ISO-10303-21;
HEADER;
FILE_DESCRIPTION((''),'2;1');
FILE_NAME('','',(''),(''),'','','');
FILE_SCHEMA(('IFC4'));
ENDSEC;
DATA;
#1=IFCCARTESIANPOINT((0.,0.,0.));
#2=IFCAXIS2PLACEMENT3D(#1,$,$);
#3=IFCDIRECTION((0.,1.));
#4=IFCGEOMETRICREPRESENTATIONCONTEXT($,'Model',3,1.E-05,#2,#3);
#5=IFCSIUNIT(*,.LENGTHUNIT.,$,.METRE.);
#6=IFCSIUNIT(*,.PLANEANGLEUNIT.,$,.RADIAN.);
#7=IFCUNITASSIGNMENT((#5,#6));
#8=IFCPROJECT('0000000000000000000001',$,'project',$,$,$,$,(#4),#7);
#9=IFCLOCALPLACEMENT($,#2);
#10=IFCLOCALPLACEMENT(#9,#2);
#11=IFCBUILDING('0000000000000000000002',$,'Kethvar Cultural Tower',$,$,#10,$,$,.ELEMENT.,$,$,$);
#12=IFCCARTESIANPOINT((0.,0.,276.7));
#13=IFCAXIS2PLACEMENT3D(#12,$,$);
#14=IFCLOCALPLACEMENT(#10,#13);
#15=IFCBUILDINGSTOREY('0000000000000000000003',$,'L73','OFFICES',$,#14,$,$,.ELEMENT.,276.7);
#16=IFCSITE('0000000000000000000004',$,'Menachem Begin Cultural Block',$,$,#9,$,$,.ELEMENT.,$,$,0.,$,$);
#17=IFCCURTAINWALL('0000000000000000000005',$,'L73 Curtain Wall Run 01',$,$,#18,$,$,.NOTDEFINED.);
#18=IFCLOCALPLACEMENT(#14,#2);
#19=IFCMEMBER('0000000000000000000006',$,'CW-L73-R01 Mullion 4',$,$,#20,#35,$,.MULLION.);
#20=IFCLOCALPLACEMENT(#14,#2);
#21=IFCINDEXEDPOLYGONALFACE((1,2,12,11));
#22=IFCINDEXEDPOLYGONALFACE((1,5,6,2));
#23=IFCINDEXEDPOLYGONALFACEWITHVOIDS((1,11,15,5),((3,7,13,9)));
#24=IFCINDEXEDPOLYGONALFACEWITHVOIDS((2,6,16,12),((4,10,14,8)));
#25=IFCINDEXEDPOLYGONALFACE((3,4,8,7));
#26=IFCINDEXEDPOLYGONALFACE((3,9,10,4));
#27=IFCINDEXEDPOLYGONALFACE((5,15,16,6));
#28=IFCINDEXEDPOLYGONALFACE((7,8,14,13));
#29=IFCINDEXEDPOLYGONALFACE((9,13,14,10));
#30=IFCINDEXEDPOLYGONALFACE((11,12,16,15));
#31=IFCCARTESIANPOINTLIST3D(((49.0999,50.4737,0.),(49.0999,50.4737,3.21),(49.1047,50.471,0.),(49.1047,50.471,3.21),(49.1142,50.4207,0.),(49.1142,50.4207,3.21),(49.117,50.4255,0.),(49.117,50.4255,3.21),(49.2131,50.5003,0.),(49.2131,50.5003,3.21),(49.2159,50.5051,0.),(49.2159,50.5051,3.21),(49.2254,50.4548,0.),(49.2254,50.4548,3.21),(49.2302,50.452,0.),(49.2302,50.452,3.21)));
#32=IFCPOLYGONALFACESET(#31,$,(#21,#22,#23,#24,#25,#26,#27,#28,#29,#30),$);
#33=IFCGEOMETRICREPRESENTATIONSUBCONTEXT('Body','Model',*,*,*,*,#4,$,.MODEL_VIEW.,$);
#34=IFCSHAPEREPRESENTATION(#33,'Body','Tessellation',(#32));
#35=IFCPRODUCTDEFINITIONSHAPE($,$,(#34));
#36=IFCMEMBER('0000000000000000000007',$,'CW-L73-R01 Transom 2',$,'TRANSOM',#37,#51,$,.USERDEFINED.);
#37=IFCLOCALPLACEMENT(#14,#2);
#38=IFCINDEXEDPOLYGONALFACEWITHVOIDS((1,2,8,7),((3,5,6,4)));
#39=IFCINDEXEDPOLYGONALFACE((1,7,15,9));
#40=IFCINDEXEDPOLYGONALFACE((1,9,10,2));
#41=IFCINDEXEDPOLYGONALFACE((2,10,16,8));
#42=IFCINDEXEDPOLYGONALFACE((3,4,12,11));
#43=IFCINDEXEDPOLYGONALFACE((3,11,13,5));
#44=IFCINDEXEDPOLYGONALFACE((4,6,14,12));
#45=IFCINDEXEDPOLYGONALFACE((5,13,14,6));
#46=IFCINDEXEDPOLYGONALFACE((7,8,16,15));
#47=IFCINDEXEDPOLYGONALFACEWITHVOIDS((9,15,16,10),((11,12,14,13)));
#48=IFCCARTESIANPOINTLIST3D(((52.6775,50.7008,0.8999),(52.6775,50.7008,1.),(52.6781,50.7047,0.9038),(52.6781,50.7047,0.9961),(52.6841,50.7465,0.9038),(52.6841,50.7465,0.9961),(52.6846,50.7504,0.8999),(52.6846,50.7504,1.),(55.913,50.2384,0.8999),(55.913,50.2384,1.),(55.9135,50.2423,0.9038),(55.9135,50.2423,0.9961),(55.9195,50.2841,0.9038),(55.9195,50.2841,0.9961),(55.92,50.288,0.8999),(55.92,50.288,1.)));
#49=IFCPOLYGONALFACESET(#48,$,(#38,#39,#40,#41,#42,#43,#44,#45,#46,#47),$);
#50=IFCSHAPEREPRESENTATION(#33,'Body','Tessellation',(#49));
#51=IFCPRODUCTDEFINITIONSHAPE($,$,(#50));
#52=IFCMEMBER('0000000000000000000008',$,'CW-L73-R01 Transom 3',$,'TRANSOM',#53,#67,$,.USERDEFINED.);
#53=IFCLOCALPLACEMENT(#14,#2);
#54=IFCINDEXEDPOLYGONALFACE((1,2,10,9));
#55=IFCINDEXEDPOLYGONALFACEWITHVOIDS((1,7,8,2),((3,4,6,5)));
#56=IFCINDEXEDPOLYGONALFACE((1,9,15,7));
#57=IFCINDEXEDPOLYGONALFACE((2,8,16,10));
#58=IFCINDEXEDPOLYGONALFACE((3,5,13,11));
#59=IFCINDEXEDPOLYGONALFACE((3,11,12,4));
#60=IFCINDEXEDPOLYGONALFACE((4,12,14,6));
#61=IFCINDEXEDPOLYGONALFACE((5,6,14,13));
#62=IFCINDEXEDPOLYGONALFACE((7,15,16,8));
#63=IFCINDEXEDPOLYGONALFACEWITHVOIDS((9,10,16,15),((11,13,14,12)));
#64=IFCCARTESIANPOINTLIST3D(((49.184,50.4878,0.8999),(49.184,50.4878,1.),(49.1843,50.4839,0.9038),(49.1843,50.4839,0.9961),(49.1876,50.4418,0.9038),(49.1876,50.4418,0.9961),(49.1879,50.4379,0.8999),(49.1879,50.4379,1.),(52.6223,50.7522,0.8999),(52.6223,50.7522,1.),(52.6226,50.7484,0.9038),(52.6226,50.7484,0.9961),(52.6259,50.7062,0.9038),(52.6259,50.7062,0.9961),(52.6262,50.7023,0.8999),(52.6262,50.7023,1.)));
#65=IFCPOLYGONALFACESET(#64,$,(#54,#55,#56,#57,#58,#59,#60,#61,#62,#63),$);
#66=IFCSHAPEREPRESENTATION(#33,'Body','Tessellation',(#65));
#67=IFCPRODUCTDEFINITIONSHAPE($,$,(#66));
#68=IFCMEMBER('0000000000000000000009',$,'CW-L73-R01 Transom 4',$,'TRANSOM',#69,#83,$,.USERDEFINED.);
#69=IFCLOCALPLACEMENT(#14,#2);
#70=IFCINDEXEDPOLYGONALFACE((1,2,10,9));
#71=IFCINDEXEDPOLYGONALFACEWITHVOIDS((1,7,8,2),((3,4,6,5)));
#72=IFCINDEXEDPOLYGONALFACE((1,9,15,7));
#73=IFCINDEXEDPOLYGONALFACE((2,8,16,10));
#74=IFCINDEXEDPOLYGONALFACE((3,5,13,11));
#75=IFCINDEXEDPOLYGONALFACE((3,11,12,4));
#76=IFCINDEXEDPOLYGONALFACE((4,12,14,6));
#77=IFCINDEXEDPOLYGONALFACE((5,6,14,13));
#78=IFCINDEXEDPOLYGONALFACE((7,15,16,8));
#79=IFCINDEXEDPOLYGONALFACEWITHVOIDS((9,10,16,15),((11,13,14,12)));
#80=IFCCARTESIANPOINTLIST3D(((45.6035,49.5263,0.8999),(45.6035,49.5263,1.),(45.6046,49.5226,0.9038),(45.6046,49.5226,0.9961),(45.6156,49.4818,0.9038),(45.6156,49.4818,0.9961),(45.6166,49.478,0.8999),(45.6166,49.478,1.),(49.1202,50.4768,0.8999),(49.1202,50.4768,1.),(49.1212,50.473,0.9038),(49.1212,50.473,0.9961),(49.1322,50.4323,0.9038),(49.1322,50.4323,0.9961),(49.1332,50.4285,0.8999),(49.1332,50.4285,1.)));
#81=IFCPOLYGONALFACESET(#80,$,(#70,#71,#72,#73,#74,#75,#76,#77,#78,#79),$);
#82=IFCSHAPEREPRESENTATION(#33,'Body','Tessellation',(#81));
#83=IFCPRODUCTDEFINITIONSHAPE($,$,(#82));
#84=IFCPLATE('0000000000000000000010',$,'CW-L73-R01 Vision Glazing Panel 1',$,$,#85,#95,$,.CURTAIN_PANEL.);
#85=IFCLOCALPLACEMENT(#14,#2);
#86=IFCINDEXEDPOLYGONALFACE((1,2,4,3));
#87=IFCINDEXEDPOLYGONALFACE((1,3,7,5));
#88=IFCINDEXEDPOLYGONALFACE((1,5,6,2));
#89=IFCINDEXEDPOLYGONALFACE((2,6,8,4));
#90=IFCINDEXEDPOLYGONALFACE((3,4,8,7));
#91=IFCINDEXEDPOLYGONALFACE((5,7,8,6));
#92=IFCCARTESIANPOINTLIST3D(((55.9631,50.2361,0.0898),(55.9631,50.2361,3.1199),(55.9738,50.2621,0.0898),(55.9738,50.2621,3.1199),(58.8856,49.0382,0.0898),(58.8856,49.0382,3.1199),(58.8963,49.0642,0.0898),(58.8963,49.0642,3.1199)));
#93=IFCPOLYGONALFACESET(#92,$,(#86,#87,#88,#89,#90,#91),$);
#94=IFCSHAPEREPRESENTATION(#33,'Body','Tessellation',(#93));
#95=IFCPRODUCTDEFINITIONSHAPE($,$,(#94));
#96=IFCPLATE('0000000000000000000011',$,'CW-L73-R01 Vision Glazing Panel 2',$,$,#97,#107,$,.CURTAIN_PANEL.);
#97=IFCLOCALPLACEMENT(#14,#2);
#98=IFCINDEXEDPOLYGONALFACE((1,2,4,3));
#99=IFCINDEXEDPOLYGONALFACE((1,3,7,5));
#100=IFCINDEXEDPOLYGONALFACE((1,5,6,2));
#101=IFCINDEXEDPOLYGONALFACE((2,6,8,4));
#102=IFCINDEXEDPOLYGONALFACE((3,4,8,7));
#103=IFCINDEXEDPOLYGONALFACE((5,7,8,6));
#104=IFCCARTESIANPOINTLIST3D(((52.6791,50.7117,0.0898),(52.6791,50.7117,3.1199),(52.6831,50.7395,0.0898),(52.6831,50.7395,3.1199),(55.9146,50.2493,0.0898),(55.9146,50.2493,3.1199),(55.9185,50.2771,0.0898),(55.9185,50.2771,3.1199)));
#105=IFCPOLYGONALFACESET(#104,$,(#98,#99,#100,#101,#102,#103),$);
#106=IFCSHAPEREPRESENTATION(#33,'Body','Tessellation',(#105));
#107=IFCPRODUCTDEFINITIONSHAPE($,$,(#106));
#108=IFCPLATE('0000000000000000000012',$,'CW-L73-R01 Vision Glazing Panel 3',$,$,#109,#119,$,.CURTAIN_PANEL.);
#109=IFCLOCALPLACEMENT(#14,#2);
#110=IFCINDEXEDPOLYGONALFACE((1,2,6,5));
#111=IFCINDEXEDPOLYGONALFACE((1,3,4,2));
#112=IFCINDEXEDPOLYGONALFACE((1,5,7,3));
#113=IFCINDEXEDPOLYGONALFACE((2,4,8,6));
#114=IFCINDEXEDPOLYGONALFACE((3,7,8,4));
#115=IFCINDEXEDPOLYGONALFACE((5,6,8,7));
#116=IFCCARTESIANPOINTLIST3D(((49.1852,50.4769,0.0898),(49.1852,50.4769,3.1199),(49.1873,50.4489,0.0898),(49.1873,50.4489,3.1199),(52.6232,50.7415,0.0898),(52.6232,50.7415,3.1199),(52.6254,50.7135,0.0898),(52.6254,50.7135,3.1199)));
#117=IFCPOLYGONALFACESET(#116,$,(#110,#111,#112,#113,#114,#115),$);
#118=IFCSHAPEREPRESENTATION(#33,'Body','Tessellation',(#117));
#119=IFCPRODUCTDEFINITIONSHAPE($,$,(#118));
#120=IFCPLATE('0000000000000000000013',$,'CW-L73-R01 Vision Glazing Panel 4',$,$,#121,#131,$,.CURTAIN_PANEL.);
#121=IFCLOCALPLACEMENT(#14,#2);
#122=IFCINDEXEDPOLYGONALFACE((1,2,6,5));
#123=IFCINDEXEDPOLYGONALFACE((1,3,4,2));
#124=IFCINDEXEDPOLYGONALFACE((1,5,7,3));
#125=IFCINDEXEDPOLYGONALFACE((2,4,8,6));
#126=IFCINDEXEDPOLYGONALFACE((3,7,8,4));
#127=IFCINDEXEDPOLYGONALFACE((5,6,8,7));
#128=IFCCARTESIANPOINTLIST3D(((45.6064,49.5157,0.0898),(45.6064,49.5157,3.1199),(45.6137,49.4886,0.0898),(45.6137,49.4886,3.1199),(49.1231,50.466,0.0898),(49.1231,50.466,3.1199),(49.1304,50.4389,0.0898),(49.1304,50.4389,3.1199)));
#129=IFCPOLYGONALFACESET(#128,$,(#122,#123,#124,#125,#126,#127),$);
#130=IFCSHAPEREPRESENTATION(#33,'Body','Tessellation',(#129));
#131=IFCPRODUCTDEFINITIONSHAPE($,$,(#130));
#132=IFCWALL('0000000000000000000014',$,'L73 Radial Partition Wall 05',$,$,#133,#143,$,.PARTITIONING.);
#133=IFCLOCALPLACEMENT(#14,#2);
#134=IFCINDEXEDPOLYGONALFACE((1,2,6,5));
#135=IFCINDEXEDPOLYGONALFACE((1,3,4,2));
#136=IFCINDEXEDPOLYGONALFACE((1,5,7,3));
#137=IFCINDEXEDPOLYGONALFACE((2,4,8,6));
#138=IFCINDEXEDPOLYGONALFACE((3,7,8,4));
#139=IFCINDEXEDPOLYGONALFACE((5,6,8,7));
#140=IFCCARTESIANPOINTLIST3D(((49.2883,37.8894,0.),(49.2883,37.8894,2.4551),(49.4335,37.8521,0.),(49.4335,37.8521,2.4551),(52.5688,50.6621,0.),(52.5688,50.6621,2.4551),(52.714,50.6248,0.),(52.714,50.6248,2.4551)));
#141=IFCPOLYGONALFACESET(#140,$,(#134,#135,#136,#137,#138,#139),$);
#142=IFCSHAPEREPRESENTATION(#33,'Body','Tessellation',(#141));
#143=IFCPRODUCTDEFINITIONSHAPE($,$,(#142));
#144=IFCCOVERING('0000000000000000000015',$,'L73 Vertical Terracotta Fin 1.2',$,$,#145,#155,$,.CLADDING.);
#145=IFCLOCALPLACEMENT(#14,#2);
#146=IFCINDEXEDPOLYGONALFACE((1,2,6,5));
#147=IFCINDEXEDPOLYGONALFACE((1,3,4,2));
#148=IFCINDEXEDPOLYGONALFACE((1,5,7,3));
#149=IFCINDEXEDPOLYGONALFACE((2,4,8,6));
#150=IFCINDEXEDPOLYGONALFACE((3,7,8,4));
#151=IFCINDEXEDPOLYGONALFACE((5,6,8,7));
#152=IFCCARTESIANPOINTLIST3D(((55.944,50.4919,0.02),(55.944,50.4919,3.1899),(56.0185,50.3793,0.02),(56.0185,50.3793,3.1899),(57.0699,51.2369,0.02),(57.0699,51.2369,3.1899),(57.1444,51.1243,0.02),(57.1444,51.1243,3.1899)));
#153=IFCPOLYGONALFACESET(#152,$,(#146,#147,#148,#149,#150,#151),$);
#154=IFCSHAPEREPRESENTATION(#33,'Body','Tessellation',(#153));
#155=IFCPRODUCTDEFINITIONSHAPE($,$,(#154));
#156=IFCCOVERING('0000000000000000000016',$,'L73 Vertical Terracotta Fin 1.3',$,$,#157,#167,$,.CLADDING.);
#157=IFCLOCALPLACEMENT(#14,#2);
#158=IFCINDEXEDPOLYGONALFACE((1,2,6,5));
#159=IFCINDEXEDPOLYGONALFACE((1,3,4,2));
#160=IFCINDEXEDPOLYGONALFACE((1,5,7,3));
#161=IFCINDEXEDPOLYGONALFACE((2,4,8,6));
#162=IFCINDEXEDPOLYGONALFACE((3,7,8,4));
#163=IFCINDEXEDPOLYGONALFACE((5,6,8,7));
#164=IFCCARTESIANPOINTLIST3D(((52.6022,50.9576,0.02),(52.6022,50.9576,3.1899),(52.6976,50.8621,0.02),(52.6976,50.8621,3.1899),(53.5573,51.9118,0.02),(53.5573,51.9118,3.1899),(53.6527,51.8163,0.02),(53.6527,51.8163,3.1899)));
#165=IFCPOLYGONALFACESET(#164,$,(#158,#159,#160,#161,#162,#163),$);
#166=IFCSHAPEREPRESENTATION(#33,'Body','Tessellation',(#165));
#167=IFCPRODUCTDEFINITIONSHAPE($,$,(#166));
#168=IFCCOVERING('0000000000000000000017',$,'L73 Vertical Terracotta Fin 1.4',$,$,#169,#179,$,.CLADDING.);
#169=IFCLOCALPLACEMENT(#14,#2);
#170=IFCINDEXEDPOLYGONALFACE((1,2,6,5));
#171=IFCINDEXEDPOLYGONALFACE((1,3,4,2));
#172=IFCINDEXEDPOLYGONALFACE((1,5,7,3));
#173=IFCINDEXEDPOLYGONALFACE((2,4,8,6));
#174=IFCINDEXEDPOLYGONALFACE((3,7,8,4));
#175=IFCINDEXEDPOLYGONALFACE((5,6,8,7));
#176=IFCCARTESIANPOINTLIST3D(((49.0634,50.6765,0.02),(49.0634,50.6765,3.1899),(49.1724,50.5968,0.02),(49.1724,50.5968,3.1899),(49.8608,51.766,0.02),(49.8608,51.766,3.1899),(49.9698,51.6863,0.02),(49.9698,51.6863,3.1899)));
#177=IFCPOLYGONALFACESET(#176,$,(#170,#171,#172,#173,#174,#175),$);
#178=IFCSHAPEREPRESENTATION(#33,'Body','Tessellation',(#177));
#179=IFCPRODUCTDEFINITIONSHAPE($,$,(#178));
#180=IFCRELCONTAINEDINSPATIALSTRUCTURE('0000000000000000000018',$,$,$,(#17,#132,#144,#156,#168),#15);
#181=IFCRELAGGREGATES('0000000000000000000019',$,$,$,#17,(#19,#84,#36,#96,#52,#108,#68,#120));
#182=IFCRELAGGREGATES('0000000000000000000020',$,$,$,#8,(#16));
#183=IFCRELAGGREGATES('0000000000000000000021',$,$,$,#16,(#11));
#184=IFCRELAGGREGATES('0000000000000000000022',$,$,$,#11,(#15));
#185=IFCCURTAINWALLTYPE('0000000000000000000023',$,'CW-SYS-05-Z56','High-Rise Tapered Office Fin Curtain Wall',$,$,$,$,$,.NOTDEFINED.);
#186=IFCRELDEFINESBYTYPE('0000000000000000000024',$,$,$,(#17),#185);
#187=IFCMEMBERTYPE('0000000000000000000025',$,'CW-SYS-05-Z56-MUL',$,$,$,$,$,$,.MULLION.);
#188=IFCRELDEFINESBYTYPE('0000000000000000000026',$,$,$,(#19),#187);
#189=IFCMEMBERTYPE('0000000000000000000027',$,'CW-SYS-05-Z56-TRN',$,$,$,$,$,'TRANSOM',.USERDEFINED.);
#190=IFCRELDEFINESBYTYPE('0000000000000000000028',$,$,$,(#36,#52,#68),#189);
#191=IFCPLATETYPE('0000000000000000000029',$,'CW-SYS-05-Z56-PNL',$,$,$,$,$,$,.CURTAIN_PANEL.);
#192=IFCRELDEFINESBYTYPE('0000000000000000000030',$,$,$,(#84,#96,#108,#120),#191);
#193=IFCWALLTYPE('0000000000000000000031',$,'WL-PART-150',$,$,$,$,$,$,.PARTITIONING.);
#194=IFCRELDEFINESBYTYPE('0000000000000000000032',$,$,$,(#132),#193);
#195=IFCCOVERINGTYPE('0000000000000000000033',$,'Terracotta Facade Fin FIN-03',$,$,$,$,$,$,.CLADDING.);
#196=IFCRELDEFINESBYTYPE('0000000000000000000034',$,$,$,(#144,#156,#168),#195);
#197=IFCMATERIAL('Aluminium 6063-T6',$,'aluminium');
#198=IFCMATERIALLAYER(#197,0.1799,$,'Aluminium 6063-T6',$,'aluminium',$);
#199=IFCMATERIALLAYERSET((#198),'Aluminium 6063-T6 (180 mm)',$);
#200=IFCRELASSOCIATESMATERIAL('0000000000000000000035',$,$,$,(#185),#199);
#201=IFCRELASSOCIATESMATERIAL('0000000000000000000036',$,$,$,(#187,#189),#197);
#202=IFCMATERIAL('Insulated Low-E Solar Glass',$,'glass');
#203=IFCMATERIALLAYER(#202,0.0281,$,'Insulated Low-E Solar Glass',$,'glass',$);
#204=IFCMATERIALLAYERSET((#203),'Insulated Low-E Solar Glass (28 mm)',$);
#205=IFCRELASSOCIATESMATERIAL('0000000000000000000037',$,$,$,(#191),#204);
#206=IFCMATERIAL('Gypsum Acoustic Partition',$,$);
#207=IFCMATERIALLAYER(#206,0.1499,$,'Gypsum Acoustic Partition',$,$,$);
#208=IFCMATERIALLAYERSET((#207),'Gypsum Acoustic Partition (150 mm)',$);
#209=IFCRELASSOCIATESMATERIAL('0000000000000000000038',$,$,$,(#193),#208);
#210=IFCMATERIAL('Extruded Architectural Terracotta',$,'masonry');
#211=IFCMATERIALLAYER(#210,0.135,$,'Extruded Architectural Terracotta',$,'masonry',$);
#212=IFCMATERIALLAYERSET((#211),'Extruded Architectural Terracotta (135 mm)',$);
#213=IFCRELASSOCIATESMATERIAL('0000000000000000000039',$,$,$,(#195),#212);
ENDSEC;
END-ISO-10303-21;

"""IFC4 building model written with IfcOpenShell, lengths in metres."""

from ifc_helpers import new_model, si_unit, direction, frame, frame_2d, origin, origin_2d, place, context, subcontext, project, spatial, rectangle, hollow_rectangle, extrude, source, transform, mapped, material, layer, layer_set, material_profile, profile_set, type_object, element, aggregate, save


model = new_model("IFC4")

# Units and contexts
model_context = context("Model", 3, precision=1e-05, world=origin(), true_north=direction((0.0, 1.0)))
body_context = subcontext(model_context, "Body", "Model", "MODEL_VIEW")
ifc_project = project(units=[si_unit("LENGTHUNIT", "METRE"), si_unit("PLANEANGLEUNIT", "RADIAN")], contexts=[model_context])

# Site, building, storey
site_placement = place(None, origin())
site = spatial("IfcSite", under=ifc_project, at=site_placement, Name="Menachem Begin Cultural Block", CompositionType="ELEMENT", RefElevation=0.0)
building_placement = place(site_placement, origin())
building = spatial("IfcBuilding", under=site, at=building_placement, Name="Kethvar Cultural Tower", CompositionType="ELEMENT")
storey_placement = place(building_placement, frame((0.0, 0.0, 276.7)))
storey = spatial("IfcBuildingStorey", under=building, at=storey_placement, Name="L73", Description="OFFICES", CompositionType="ELEMENT", Elevation=276.7)

# Curtain wall, members, plates
ifc_material_1 = material(Name="Aluminium 6063-T6", Category="aluminium")
ifc_layer_1 = layer(ifc_material_1, 0.1799, Name="Aluminium 6063-T6", Category="aluminium")
ifc_layer_set_1 = layer_set([ifc_layer_1], Name="Aluminium 6063-T6 (180 mm)")
curtain_wall_type = type_object("IfcCurtainWallType", Name="CW-SYS-05-Z56", Description="High-Rise Tapered Office Fin Curtain Wall", PredefinedType="NOTDEFINED", material=ifc_layer_set_1)
curtain_wall_placement = place(storey_placement, origin())
curtain_wall = element("IfcCurtainWall", 1, at=curtain_wall_placement, inside=storey, type_object=curtain_wall_type, Name="L73 Curtain Wall Run 01", PredefinedType="NOTDEFINED")
ifc_material_profile_1 = material_profile(ifc_material_1, hollow_rectangle(XDim=0.0549, YDim=0.1201, WallThickness=0.0039, at=origin_2d()), Name="Aluminium 6063-T6 — RHS120x55x4")
ifc_profile_set_1 = profile_set([ifc_material_profile_1], Name="Aluminium 6063-T6 — RHS120x55x4")
member_type_1 = type_object("IfcMemberType", Name="CW-SYS-05-Z56-MUL", PredefinedType="MULLION", material=ifc_profile_set_1)
shared_shape_1 = source(origin(), body_context, "Body", "SweptSolid", [
    extrude(hollow_rectangle(XDim=0.0549, YDim=0.1201, WallThickness=0.0039, at=origin_2d()), origin(), (0.0, 0.0, 1.0), 3.21),
])
member_1_placement = place(storey_placement, frame((49.165, 50.4629, 0.0), z_axis=(0.0, 0.0, 1.0), x_axis=(0.260875, -0.965373, 0.0)))
member_1 = element("IfcMember", 2, at=member_1_placement, type_object=member_type_1, Name="CW-L73-R01 Mullion 4", PredefinedType="MULLION", context=body_context, shape_type="MappedRepresentation", body=[
    mapped(shared_shape_1, transform((0.0, 0.0, 0.0), scale=1.0)),
])
ifc_material_profile_2 = material_profile(ifc_material_1, hollow_rectangle(XDim=0.05, YDim=0.1001, WallThickness=0.0039, at=origin_2d()), Name="Aluminium 6063-T6 — RHS100x50x4")
ifc_profile_set_2 = profile_set([ifc_material_profile_2], Name="Aluminium 6063-T6 — RHS100x50x4")
member_type_2 = type_object("IfcMemberType", Name="CW-SYS-05-Z56-TRN", ElementType="TRANSOM", PredefinedType="USERDEFINED", material=ifc_profile_set_2)
shared_shape_2 = source(origin(), body_context, "Body", "SweptSolid", [
    extrude(hollow_rectangle(XDim=0.05, YDim=0.1001, WallThickness=0.0039, at=origin_2d()), origin(), (0.0, 0.0, 1.0), 3.2683),
])
member_2_placement = place(storey_placement, frame((55.9165, 50.2632, 0.95), z_axis=(-0.989941, 0.141484, 0.0), x_axis=(-0.141484, -0.989941, 0.0)))
member_2 = element("IfcMember", 3, at=member_2_placement, type_object=member_type_2, Name="CW-L73-R01 Transom 2", ObjectType="TRANSOM", PredefinedType="USERDEFINED", context=body_context, shape_type="MappedRepresentation", body=[
    mapped(shared_shape_2, transform((0.0, 0.0, 0.0), scale=1.0)),
])
shared_shape_3 = source(origin(), body_context, "Body", "SweptSolid", [
    extrude(hollow_rectangle(XDim=0.05, YDim=0.1001, WallThickness=0.0039, at=origin_2d()), origin(), (0.0, 0.0, 1.0), 3.4485),
])
member_3_placement = place(storey_placement, frame((52.6243, 50.7273, 0.95), z_axis=(-0.997056, -0.076675, 0.0), x_axis=(0.076675, -0.997056, 0.0)))
member_3 = element("IfcMember", 4, at=member_3_placement, type_object=member_type_2, Name="CW-L73-R01 Transom 3", ObjectType="TRANSOM", PredefinedType="USERDEFINED", context=body_context, shape_type="MappedRepresentation", body=[
    mapped(shared_shape_3, transform((0.0, 0.0, 0.0), scale=1.0)),
])
shared_shape_4 = source(origin(), body_context, "Body", "SweptSolid", [
    extrude(hollow_rectangle(XDim=0.05, YDim=0.1001, WallThickness=0.0039, at=origin_2d()), origin(), (0.0, 0.0, 1.0), 3.6428),
])
member_4_placement = place(storey_placement, frame((49.1267, 50.4526, 0.95), z_axis=(-0.965363, -0.260911, 0.0), x_axis=(0.260911, -0.965363, 0.0)))
member_4 = element("IfcMember", 5, at=member_4_placement, type_object=member_type_2, Name="CW-L73-R01 Transom 4", ObjectType="TRANSOM", PredefinedType="USERDEFINED", context=body_context, shape_type="MappedRepresentation", body=[
    mapped(shared_shape_4, transform((0.0, 0.0, 0.0), scale=1.0)),
])
ifc_material_2 = material(Name="Insulated Low-E Solar Glass", Category="glass")
ifc_layer_2 = layer(ifc_material_2, 0.0281, Name="Insulated Low-E Solar Glass", Category="glass")
ifc_layer_set_2 = layer_set([ifc_layer_2], Name="Insulated Low-E Solar Glass (28 mm)")
plate_type = type_object("IfcPlateType", Name="CW-SYS-05-Z56-PNL", PredefinedType="CURTAIN_PANEL", material=ifc_layer_set_2)
shared_shape_5 = source(origin(), body_context, "Body", "SweptSolid", [
    extrude(rectangle(XDim=3.1584, YDim=0.0281, at=origin_2d()), origin(), (0.0, 0.0, 1.0), 3.03),
])
plate_1_placement = place(storey_placement, frame((57.4297, 49.6501, 0.0898), z_axis=(0.0, 0.0, 1.0), x_axis=(-0.925296, 0.379246, 0.0)))
plate_1 = element("IfcPlate", 6, at=plate_1_placement, type_object=plate_type, Name="CW-L73-R01 Vision Glazing Panel 1", PredefinedType="CURTAIN_PANEL", context=body_context, shape_type="MappedRepresentation", body=[
    mapped(shared_shape_5, transform((0.0, 0.0, 0.0), scale=1.0)),
])
shared_shape_6 = source(origin(), body_context, "Body", "SweptSolid", [
    extrude(rectangle(XDim=3.2683, YDim=0.0281, at=origin_2d()), origin(), (0.0, 0.0, 1.0), 3.03),
])
plate_2_placement = place(storey_placement, frame((54.2988, 50.4944, 0.0898), z_axis=(0.0, 0.0, 1.0), x_axis=(-0.989942, 0.141471, 0.0)))
plate_2 = element("IfcPlate", 7, at=plate_2_placement, type_object=plate_type, Name="CW-L73-R01 Vision Glazing Panel 2", PredefinedType="CURTAIN_PANEL", context=body_context, shape_type="MappedRepresentation", body=[
    mapped(shared_shape_6, transform((0.0, 0.0, 0.0), scale=1.0)),
])
shared_shape_7 = source(origin(), body_context, "Body", "SweptSolid", [
    extrude(rectangle(XDim=3.4482, YDim=0.0281, at=origin_2d()), origin(), (0.0, 0.0, 1.0), 3.03),
])
plate_3_placement = place(storey_placement, frame((50.9053, 50.5952, 0.0898), z_axis=(0.0, 0.0, 1.0), x_axis=(-0.997053, -0.076719, 0.0)))
plate_3 = element("IfcPlate", 8, at=plate_3_placement, type_object=plate_type, Name="CW-L73-R01 Vision Glazing Panel 3", PredefinedType="CURTAIN_PANEL", context=body_context, shape_type="MappedRepresentation", body=[
    mapped(shared_shape_7, transform((0.0, 0.0, 0.0), scale=1.0)),
])
shared_shape_8 = source(origin(), body_context, "Body", "SweptSolid", [
    extrude(rectangle(XDim=3.6428, YDim=0.0281, at=origin_2d()), origin(), (0.0, 0.0, 1.0), 3.03),
])
plate_4_placement = place(storey_placement, frame((47.3684, 49.9773, 0.0898), z_axis=(0.0, 0.0, 1.0), x_axis=(-0.965373, -0.260875, 0.0)))
plate_4 = element("IfcPlate", 9, at=plate_4_placement, type_object=plate_type, Name="CW-L73-R01 Vision Glazing Panel 4", PredefinedType="CURTAIN_PANEL", context=body_context, shape_type="MappedRepresentation", body=[
    mapped(shared_shape_8, transform((0.0, 0.0, 0.0), scale=1.0)),
])
aggregate(curtain_wall, [member_1, plate_1, member_2, plate_2, member_3, plate_3, member_4, plate_4])

# Wall
ifc_material_3 = material(Name="Gypsum Acoustic Partition")
ifc_layer_3 = layer(ifc_material_3, 0.1499, Name="Gypsum Acoustic Partition")
ifc_layer_set_3 = layer_set([ifc_layer_3], Name="Gypsum Acoustic Partition (150 mm)")
wall_type = type_object("IfcWallType", Name="WL-PART-150", PredefinedType="PARTITIONING", material=ifc_layer_set_3)
wall_placement = place(storey_placement, frame((49.3608, 37.8706, 0.0), z_axis=(0.0, 0.0, 1.0), x_axis=(0.248764, 0.968564, 0.0)))
element("IfcWall", 10, at=wall_placement, inside=storey, type_object=wall_type, Name="L73 Radial Partition Wall 05", PredefinedType="PARTITIONING", context=body_context, shape_type="SweptSolid", body=[
    extrude(rectangle(XDim=13.1873, YDim=0.1499, at=frame_2d((6.5938, 0.0))), origin(), (0.0, 0.0, 1.0), 2.4551),
])

# Coverings
ifc_material_4 = material(Name="Extruded Architectural Terracotta", Category="masonry")
ifc_layer_4 = layer(ifc_material_4, 0.135, Name="Extruded Architectural Terracotta", Category="masonry")
ifc_layer_set_4 = layer_set([ifc_layer_4], Name="Extruded Architectural Terracotta (135 mm)")
covering_type = type_object("IfcCoveringType", Name="Terracotta Facade Fin FIN-03", PredefinedType="CLADDING", material=ifc_layer_set_4)
shared_shape_9 = source(origin(), body_context, "Body", "SweptSolid", [
    extrude(rectangle(XDim=1.3501, YDim=0.135, at=origin_2d()), origin(), (0.0, 0.0, 1.0), 3.1699),
])
for number, where, z_axis, x_axis, name in (
    (11, (56.5442, 50.8081, 0.02), (0.0, 0.0, 1.0), (0.833982, 0.551791, 0.0), "L73 Vertical Terracotta Fin 1.2"),
    (12, (53.1274, 51.387, 0.02), (0.0, 0.0, 1.0), (0.707477, 0.706736, 0.0), "L73 Vertical Terracotta Fin 1.3"),
    (13, (49.5166, 51.1814, 0.02), (0.0, 0.0, 1.0), (0.590606, 0.80696, 0.0), "L73 Vertical Terracotta Fin 1.4"),
):
    element("IfcCovering", number, at=place(storey_placement, frame(where, z_axis=z_axis, x_axis=x_axis)), inside=storey, type_object=covering_type, Name=name, PredefinedType="CLADDING", context=body_context, shape_type="MappedRepresentation", body=[
        mapped(shared_shape_9, transform((0.0, 0.0, 0.0), scale=1.0)),
    ])

save(model, "model.ifc")
